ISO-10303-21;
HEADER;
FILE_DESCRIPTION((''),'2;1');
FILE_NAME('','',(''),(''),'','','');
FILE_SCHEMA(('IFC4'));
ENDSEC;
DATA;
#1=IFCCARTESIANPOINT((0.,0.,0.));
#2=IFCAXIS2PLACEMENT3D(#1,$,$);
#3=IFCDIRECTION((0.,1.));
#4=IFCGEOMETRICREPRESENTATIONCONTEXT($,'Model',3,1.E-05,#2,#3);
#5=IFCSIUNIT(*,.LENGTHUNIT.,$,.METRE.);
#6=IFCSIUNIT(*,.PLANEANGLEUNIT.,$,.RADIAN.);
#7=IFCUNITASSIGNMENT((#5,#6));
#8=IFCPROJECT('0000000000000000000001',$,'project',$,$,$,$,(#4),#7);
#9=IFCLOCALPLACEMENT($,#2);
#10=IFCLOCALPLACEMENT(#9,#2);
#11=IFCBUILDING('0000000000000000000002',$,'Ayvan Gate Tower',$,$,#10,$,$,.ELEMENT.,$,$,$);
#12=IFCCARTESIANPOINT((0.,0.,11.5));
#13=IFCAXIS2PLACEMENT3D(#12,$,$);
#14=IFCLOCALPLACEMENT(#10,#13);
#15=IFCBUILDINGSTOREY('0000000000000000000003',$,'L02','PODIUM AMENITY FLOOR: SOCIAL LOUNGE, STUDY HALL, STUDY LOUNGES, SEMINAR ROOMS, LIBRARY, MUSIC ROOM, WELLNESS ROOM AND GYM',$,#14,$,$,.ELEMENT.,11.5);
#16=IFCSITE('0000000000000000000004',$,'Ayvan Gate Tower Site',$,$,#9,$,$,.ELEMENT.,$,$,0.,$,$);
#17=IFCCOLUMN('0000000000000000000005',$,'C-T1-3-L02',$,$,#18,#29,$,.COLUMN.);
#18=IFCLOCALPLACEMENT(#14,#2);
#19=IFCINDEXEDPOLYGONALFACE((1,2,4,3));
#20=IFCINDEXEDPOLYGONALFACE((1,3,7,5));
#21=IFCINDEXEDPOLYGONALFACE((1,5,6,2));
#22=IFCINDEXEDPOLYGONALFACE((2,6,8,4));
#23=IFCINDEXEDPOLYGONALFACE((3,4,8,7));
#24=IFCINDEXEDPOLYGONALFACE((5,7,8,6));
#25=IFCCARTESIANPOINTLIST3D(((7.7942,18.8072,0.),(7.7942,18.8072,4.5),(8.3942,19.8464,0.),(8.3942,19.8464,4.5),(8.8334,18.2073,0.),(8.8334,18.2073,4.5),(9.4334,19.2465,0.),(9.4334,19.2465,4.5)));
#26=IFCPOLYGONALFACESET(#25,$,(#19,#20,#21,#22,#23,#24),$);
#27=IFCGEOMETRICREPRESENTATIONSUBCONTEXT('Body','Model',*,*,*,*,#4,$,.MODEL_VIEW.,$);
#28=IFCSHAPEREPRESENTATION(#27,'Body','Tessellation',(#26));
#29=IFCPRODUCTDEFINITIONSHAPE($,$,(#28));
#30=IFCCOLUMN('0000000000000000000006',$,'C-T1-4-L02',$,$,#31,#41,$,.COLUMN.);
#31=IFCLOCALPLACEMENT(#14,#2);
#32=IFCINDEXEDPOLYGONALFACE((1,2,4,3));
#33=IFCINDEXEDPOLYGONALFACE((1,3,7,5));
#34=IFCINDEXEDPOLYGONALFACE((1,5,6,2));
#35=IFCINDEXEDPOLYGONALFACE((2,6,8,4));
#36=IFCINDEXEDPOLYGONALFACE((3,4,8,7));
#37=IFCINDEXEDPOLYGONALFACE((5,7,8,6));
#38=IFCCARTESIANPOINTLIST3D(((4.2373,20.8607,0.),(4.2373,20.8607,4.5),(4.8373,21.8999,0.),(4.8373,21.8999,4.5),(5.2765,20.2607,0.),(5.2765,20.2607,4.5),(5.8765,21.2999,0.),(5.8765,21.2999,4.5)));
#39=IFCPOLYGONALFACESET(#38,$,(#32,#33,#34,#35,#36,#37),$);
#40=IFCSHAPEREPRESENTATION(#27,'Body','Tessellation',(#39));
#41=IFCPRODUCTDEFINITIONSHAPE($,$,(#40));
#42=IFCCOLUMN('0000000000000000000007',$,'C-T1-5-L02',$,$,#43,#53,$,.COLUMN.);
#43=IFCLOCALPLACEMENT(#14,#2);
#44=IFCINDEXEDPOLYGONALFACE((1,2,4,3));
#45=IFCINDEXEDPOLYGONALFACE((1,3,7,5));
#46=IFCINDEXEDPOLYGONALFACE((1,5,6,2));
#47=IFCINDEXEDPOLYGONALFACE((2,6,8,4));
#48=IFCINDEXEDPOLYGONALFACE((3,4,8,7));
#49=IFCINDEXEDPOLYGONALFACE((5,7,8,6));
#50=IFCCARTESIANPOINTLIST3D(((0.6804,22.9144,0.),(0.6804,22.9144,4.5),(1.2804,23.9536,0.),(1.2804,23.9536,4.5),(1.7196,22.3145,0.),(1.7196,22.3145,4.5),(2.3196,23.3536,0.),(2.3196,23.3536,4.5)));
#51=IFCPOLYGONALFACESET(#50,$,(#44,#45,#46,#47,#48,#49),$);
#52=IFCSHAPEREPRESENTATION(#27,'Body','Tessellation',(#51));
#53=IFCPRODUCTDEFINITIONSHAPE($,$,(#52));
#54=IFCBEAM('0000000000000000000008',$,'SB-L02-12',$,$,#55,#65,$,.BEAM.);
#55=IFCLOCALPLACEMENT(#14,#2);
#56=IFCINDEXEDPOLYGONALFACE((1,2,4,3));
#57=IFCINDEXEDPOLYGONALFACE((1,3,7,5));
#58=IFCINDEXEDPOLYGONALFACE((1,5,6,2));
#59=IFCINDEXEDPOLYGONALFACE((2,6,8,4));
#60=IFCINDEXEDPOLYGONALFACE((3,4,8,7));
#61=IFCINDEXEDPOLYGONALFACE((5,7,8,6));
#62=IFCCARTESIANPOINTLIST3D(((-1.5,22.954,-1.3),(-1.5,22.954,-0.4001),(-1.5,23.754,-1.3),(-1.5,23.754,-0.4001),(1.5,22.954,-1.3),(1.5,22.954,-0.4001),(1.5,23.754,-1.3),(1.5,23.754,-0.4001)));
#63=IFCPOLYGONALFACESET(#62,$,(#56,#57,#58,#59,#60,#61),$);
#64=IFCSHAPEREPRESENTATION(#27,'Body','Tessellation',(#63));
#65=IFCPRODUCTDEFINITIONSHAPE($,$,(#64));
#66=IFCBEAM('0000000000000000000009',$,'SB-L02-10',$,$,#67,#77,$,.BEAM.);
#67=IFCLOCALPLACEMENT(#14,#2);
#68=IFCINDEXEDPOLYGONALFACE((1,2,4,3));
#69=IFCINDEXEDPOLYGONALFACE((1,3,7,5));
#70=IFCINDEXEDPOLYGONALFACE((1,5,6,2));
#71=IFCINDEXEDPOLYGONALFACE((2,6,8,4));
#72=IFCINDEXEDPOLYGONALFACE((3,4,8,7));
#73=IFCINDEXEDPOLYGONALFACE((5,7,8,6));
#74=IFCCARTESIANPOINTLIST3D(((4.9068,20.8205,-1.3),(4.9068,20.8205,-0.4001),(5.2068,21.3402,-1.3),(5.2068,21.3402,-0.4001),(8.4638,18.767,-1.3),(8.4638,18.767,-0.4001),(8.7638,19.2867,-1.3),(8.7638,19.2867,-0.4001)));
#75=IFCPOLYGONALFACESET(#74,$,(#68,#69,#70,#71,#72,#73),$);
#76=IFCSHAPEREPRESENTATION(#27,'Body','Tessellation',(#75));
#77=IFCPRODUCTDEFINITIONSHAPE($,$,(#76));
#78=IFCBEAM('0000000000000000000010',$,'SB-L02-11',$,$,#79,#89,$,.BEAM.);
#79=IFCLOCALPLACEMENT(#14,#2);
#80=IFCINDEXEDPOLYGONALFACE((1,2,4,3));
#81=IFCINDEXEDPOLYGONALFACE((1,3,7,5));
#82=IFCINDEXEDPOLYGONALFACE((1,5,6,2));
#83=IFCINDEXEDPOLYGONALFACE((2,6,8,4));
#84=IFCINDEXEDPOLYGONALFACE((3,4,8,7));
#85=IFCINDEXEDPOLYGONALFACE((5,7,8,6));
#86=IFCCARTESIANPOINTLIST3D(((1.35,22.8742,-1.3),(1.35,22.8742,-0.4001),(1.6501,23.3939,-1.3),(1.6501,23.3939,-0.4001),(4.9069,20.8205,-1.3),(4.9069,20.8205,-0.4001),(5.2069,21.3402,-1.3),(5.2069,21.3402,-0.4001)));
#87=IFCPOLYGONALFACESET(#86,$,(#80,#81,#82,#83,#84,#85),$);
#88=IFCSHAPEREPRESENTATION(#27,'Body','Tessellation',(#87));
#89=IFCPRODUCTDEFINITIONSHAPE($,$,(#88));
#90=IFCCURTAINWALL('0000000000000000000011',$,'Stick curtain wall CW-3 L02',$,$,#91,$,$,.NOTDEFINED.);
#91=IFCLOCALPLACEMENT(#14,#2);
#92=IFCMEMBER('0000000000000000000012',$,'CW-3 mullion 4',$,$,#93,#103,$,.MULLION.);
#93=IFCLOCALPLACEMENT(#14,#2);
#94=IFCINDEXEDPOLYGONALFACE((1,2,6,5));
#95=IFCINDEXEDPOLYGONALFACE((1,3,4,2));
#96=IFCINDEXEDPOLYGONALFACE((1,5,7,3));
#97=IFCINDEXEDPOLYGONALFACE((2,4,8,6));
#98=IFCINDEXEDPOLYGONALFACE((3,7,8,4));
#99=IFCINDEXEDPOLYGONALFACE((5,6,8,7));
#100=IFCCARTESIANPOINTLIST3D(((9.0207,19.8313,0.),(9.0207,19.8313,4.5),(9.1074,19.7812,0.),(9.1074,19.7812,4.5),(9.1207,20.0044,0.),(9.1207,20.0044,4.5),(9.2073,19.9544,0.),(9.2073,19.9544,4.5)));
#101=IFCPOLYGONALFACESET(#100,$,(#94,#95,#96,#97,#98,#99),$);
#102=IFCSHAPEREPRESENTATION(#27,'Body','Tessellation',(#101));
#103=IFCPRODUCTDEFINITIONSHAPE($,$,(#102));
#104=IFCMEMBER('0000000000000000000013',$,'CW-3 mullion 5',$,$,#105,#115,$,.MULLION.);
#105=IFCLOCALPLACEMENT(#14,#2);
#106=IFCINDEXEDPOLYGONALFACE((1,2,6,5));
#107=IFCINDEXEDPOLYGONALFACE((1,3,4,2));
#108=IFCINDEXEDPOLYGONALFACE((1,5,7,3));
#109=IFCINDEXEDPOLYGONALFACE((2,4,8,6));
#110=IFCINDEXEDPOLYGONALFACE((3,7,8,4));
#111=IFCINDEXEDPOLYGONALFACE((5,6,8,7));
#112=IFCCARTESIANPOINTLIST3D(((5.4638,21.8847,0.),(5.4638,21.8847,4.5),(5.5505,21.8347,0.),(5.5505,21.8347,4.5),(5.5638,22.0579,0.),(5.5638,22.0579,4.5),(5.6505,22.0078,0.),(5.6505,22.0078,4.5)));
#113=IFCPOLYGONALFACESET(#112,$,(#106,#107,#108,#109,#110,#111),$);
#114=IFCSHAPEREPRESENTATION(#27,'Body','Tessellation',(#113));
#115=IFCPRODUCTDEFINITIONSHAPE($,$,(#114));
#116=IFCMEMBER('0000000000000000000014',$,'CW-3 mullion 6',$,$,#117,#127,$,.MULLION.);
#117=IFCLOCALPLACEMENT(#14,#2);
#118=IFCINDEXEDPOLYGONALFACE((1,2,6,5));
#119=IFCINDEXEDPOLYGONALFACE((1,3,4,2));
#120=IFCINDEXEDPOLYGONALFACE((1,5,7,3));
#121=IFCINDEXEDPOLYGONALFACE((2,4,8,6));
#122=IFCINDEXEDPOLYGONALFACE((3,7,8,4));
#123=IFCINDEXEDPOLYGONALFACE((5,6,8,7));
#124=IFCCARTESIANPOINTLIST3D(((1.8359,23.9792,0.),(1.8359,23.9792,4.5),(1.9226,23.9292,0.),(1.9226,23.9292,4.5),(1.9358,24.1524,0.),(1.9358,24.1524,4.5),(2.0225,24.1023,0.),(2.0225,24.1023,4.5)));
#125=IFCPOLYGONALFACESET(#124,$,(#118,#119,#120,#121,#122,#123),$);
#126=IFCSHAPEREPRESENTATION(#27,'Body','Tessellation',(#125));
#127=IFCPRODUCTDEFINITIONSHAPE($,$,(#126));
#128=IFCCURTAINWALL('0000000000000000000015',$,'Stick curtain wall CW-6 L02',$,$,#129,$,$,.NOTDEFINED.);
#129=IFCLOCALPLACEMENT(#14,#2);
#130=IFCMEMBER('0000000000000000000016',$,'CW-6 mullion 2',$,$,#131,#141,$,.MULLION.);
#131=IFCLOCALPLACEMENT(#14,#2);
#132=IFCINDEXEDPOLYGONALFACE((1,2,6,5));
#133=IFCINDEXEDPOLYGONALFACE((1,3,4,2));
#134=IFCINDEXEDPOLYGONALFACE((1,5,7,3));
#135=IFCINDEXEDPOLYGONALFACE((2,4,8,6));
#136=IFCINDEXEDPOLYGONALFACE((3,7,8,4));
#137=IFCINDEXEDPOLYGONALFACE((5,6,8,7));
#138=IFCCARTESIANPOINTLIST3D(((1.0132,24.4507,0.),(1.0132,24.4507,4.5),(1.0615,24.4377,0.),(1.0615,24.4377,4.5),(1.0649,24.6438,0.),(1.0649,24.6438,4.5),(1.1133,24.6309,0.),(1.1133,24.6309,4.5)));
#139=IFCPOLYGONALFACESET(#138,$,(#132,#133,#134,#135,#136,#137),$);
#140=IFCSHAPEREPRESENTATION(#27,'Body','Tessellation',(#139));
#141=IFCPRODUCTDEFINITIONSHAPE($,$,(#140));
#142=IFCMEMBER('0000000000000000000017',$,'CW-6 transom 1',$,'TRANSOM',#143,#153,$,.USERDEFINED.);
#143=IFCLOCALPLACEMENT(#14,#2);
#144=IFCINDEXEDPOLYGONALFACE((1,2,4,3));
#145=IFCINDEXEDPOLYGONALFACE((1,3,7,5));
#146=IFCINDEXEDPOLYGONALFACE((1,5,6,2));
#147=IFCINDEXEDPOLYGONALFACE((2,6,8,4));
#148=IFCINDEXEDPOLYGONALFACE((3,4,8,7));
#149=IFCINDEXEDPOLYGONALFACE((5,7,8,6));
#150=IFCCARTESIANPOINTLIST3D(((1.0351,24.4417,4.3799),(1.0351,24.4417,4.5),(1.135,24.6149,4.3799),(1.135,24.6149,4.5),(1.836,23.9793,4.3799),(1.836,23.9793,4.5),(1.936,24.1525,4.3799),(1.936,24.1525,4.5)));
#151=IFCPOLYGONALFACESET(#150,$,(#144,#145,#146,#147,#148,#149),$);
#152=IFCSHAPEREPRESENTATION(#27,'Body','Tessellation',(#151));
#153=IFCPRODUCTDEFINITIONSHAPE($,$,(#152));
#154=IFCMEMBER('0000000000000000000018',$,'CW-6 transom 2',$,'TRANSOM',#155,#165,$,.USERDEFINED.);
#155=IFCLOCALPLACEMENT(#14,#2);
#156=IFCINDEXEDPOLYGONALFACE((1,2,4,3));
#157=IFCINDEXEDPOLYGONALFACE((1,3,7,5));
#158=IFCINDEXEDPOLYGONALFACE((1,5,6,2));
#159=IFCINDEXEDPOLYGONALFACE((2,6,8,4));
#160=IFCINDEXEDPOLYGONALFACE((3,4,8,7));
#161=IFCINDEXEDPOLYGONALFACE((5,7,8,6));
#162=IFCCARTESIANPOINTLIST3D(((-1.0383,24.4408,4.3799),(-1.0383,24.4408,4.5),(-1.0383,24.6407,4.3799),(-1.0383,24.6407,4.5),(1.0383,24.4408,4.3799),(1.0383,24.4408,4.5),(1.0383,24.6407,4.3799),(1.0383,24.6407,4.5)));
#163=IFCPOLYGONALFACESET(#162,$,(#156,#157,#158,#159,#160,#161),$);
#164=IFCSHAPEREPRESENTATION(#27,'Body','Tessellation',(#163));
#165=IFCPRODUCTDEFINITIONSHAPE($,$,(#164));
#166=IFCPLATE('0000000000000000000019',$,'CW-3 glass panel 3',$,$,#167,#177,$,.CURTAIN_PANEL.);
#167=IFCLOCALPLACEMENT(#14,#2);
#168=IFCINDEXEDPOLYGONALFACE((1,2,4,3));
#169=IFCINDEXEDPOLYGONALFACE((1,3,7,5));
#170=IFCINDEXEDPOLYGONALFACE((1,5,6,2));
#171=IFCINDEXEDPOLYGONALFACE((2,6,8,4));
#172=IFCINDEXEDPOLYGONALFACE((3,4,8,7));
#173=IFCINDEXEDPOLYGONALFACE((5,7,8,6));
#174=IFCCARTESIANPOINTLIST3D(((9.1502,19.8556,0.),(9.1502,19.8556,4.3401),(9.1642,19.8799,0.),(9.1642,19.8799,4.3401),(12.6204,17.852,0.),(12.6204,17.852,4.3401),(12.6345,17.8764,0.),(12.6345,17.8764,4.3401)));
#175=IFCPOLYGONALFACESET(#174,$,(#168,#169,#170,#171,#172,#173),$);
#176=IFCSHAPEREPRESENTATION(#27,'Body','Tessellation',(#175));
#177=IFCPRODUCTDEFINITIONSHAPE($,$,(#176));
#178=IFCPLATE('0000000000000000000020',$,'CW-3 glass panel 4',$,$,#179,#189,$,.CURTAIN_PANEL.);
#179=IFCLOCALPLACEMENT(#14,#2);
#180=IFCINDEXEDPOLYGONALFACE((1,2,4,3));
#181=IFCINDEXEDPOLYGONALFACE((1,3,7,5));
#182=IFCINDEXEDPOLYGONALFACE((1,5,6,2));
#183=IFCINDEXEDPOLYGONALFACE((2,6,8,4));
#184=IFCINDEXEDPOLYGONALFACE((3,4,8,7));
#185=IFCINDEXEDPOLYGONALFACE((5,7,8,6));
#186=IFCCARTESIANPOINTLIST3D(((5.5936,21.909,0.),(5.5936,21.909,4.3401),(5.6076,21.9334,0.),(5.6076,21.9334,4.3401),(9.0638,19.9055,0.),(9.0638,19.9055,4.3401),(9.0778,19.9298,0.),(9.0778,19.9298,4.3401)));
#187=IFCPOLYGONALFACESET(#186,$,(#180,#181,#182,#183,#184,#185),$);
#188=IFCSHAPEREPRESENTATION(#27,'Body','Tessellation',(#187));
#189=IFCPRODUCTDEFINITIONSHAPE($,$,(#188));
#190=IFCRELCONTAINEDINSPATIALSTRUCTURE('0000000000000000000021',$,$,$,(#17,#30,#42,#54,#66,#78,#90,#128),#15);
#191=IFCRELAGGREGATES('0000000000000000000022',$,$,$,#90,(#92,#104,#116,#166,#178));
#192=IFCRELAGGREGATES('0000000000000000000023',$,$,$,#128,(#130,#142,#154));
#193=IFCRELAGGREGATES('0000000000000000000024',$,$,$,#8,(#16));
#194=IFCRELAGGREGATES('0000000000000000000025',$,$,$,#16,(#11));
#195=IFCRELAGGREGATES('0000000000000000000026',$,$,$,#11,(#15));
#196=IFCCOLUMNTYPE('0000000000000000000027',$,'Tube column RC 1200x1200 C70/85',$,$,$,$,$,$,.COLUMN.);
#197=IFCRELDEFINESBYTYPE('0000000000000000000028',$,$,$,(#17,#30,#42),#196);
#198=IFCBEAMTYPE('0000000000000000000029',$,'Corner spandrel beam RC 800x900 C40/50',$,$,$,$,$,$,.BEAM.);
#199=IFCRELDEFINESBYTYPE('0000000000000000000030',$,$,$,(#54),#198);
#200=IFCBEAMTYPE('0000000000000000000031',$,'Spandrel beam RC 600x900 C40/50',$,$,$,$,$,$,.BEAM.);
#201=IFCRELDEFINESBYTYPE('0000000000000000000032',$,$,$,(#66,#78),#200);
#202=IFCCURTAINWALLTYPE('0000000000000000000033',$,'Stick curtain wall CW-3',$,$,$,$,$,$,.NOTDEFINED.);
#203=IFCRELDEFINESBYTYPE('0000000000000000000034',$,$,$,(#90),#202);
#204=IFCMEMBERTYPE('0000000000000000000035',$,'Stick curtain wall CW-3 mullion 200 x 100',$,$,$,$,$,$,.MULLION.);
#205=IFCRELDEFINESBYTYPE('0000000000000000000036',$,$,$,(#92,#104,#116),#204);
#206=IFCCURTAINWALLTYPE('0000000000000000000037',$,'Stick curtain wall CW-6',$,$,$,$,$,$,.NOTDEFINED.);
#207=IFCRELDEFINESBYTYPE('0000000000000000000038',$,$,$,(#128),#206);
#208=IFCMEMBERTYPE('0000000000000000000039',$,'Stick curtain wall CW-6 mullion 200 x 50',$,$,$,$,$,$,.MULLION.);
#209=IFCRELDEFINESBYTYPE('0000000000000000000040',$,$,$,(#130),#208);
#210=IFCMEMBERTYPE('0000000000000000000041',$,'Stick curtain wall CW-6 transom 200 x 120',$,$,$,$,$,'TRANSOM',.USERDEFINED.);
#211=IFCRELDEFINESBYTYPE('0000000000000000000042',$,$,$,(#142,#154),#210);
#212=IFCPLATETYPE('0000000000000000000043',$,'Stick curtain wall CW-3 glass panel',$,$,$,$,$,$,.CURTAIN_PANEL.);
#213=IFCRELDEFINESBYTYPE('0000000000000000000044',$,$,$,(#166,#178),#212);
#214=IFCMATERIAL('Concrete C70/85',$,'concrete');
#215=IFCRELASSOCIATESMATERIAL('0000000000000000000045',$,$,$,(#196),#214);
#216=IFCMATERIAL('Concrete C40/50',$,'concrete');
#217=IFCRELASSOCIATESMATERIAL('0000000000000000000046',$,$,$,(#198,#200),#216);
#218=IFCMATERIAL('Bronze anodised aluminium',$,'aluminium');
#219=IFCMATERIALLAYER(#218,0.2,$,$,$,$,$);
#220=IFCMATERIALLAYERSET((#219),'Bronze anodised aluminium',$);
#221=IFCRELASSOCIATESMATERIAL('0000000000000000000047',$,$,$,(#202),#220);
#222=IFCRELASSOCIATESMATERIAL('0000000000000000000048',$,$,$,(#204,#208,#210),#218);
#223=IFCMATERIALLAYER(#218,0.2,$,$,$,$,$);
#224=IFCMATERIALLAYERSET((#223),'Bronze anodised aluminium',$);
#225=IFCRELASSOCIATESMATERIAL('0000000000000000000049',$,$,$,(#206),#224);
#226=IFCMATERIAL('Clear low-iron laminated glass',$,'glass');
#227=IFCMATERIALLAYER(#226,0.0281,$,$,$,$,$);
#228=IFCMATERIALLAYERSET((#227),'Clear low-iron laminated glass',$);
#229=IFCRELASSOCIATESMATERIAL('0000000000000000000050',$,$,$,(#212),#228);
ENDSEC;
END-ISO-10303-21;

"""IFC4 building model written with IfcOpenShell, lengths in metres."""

from ifc_helpers import new_model, si_unit, direction, frame, origin, origin_2d, place, context, subcontext, project, spatial, rectangle, extrude, material, layer, layer_set, material_profile, profile_set, type_object, element, aggregate, save


model = new_model("IFC4")

# Units and contexts
model_context = context("Model", 3, precision=1e-05, world=origin(), true_north=direction((0.0, 1.0)))
body_context = subcontext(model_context, "Body", "Model", "MODEL_VIEW")
ifc_project = project(units=[si_unit("LENGTHUNIT", "METRE"), si_unit("PLANEANGLEUNIT", "RADIAN")], contexts=[model_context])

# Site, building, storey
site_placement = place(None, origin())
site = spatial("IfcSite", under=ifc_project, at=site_placement, Name="Ayvan Gate Tower Site", CompositionType="ELEMENT", RefElevation=0.0)
building_placement = place(site_placement, origin())
building = spatial("IfcBuilding", under=site, at=building_placement, Name="Ayvan Gate Tower", CompositionType="ELEMENT")
storey_placement = place(building_placement, frame((0.0, 0.0, 11.5)))
storey = spatial("IfcBuildingStorey", under=building, at=storey_placement, Name="L02", Description="PODIUM AMENITY FLOOR: SOCIAL LOUNGE, STUDY HALL, STUDY LOUNGES, SEMINAR ROOMS, LIBRARY, MUSIC ROOM, WELLNESS ROOM AND GYM", CompositionType="ELEMENT", Elevation=11.5)

# Columns
ifc_material_1 = material(Name="Concrete C70/85", Category="concrete")
ifc_material_profile_1 = material_profile(ifc_material_1, rectangle(XDim=1.2, YDim=1.2, at=origin_2d()), Name="RC 1200x1200")
ifc_profile_set_1 = profile_set([ifc_material_profile_1], Name="Concrete C70/85")
column_type = type_object("IfcColumnType", Name="Tube column RC 1200x1200 C70/85", PredefinedType="COLUMN", material=ifc_profile_set_1)
for number, where, z_axis, x_axis, name in (
    (1, (8.6138, 19.0269, 0.0), (0.0, 0.0, 1.0), (0.5, 0.866025, 0.0), "C-T1-3-L02"),
    (2, (5.0569, 21.0803, 0.0), (0.0, 0.0, 1.0), (0.5, 0.866025, 0.0), "C-T1-4-L02"),
    (3, (1.5, 23.134, 0.0), (0.0, 0.0, 1.0), (0.5, 0.866025, 0.0), "C-T1-5-L02"),
):
    element("IfcColumn", number, at=place(storey_placement, frame(where, z_axis=z_axis, x_axis=x_axis)), inside=storey, type_object=column_type, Name=name, PredefinedType="COLUMN", context=body_context, shape_type="SweptSolid", body=[
        extrude(rectangle(XDim=1.2, YDim=1.2, at=origin_2d()), origin(), (0.0, 0.0, 1.0), 4.5),
    ])

# Beams
ifc_material_2 = material(Name="Concrete C40/50", Category="concrete")
ifc_material_profile_2 = material_profile(ifc_material_2, rectangle(XDim=0.8, YDim=0.8999, at=origin_2d()), Name="RC 800x900")
ifc_profile_set_2 = profile_set([ifc_material_profile_2], Name="Concrete C40/50")
beam_type_1 = type_object("IfcBeamType", Name="Corner spandrel beam RC 800x900 C40/50", PredefinedType="BEAM", material=ifc_profile_set_2)
beam_placement = place(storey_placement, frame((1.5, 23.354, -0.8501), z_axis=(-1.0, 0.0, 0.0), x_axis=(0.0, -1.0, 0.0)))
element("IfcBeam", 4, at=beam_placement, inside=storey, type_object=beam_type_1, Name="SB-L02-12", PredefinedType="BEAM", context=body_context, shape_type="SweptSolid", body=[
    extrude(rectangle(XDim=0.8, YDim=0.8999, at=origin_2d()), origin(), (0.0, 0.0, 1.0), 3.0),
])
ifc_material_profile_3 = material_profile(ifc_material_2, rectangle(XDim=0.6001, YDim=0.8999, at=origin_2d()), Name="RC 600x900")
ifc_profile_set_3 = profile_set([ifc_material_profile_3], Name="Concrete C40/50")
beam_type_2 = type_object("IfcBeamType", Name="Spandrel beam RC 600x900 C40/50", PredefinedType="BEAM", material=ifc_profile_set_3)
for number, where, z_axis, x_axis, name in (
    (5, (8.6138, 19.0269, -0.8501), (-0.866036, 0.499981, 0.0), (-0.499981, -0.866036, 0.0), "SB-L02-10"),
    (6, (5.0569, 21.0803, -0.8501), (-0.86601, 0.500026, 0.0), (-0.500026, -0.86601, 0.0), "SB-L02-11"),
):
    element("IfcBeam", number, at=place(storey_placement, frame(where, z_axis=z_axis, x_axis=x_axis)), inside=storey, type_object=beam_type_2, Name=name, PredefinedType="BEAM", context=body_context, shape_type="SweptSolid", body=[
        extrude(rectangle(XDim=0.6001, YDim=0.8999, at=origin_2d()), origin(), (0.0, 0.0, 1.0), 4.1072),
    ])

# Curtain walls, members
ifc_material_3 = material(Name="Bronze anodised aluminium", Category="aluminium")
ifc_layer_1 = layer(ifc_material_3, 0.2)
ifc_layer_set_1 = layer_set([ifc_layer_1], Name="Bronze anodised aluminium")
curtain_wall_type_1 = type_object("IfcCurtainWallType", Name="Stick curtain wall CW-3", PredefinedType="NOTDEFINED", material=ifc_layer_set_1)
curtain_wall_1_placement = place(storey_placement, origin())
curtain_wall_1 = element("IfcCurtainWall", 7, at=curtain_wall_1_placement, inside=storey, type_object=curtain_wall_type_1, Name="Stick curtain wall CW-3 L02", PredefinedType="NOTDEFINED")
ifc_material_profile_4 = material_profile(ifc_material_3, rectangle(XDim=0.2, YDim=0.1001, at=origin_2d()), Name="Stick curtain wall CW-3 mullion 200 x 100")
ifc_profile_set_4 = profile_set([ifc_material_profile_4], Name="Bronze anodised aluminium")
member_type_1 = type_object("IfcMemberType", Name="Stick curtain wall CW-3 mullion 200 x 100", PredefinedType="MULLION", material=ifc_profile_set_4)
member_1_placement = place(storey_placement, frame((9.114, 19.8928, 0.0), z_axis=(0.0, 0.0, 1.0), x_axis=(0.5, 0.866025, 0.0)))
member_1 = element("IfcMember", 8, at=member_1_placement, type_object=member_type_1, Name="CW-3 mullion 4", PredefinedType="MULLION", context=body_context, shape_type="SweptSolid", body=[
    extrude(rectangle(XDim=0.2, YDim=0.1001, at=origin_2d()), origin(), (0.0, 0.0, 1.0), 4.5),
])
member_2_placement = place(storey_placement, frame((5.5571, 21.9463, 0.0), z_axis=(0.0, 0.0, 1.0), x_axis=(0.5, 0.866025, 0.0)))
member_2 = element("IfcMember", 9, at=member_2_placement, type_object=member_type_1, Name="CW-3 mullion 5", PredefinedType="MULLION", context=body_context, shape_type="SweptSolid", body=[
    extrude(rectangle(XDim=0.2, YDim=0.1001, at=origin_2d()), origin(), (0.0, 0.0, 1.0), 4.5),
])
member_3_placement = place(storey_placement, frame((1.9292, 24.0408, 0.0), z_axis=(0.0, 0.0, 1.0), x_axis=(0.5, 0.866025, 0.0)))
member_3 = element("IfcMember", 10, at=member_3_placement, type_object=member_type_1, Name="CW-3 mullion 6", PredefinedType="MULLION", context=body_context, shape_type="SweptSolid", body=[
    extrude(rectangle(XDim=0.2, YDim=0.1001, at=origin_2d()), origin(), (0.0, 0.0, 1.0), 4.5),
])
ifc_layer_2 = layer(ifc_material_3, 0.2)
ifc_layer_set_2 = layer_set([ifc_layer_2], Name="Bronze anodised aluminium")
curtain_wall_type_2 = type_object("IfcCurtainWallType", Name="Stick curtain wall CW-6", PredefinedType="NOTDEFINED", material=ifc_layer_set_2)
curtain_wall_2_placement = place(storey_placement, origin())
curtain_wall_2 = element("IfcCurtainWall", 11, at=curtain_wall_2_placement, inside=storey, type_object=curtain_wall_type_2, Name="Stick curtain wall CW-6 L02", PredefinedType="NOTDEFINED")
ifc_material_profile_5 = material_profile(ifc_material_3, rectangle(XDim=0.2, YDim=0.05, at=origin_2d()), Name="Stick curtain wall CW-6 mullion 200 x 50")
ifc_profile_set_5 = profile_set([ifc_material_profile_5], Name="Bronze anodised aluminium")
member_type_2 = type_object("IfcMemberType", Name="Stick curtain wall CW-6 mullion 200 x 50", PredefinedType="MULLION", material=ifc_profile_set_5)
member_4_placement = place(storey_placement, frame((1.0632, 24.5408, 0.0), z_axis=(0.0, 0.0, 1.0), x_axis=(0.258819, 0.965926, 0.0)))
member_4 = element("IfcMember", 12, at=member_4_placement, type_object=member_type_2, Name="CW-6 mullion 2", PredefinedType="MULLION", context=body_context, shape_type="SweptSolid", body=[
    extrude(rectangle(XDim=0.2, YDim=0.05, at=origin_2d()), origin(), (0.0, 0.0, 1.0), 4.5),
])
ifc_material_profile_6 = material_profile(ifc_material_3, rectangle(XDim=0.2, YDim=0.1201, at=origin_2d()), Name="Stick curtain wall CW-6 transom 200 x 120")
ifc_profile_set_6 = profile_set([ifc_material_profile_6], Name="Bronze anodised aluminium")
member_type_3 = type_object("IfcMemberType", Name="Stick curtain wall CW-6 transom 200 x 120", ElementType="TRANSOM", PredefinedType="USERDEFINED", material=ifc_profile_set_6)
member_5_placement = place(storey_placement, frame((1.886, 24.0659, 4.4399), z_axis=(-0.866058, 0.499943, 0.0), x_axis=(-0.499943, -0.866058, 0.0)))
member_5 = element("IfcMember", 13, at=member_5_placement, type_object=member_type_3, Name="CW-6 transom 1", ObjectType="TRANSOM", PredefinedType="USERDEFINED", context=body_context, shape_type="SweptSolid", body=[
    extrude(rectangle(XDim=0.2, YDim=0.1201, at=origin_2d()), origin(), (0.0, 0.0, 1.0), 0.9248),
])
member_6_placement = place(storey_placement, frame((1.0383, 24.5408, 4.4399), z_axis=(-1.0, 0.0, 0.0), x_axis=(0.0, -1.0, 0.0)))
member_6 = element("IfcMember", 14, at=member_6_placement, type_object=member_type_3, Name="CW-6 transom 2", ObjectType="TRANSOM", PredefinedType="USERDEFINED", context=body_context, shape_type="SweptSolid", body=[
    extrude(rectangle(XDim=0.2, YDim=0.1201, at=origin_2d()), origin(), (0.0, 0.0, 1.0), 2.0767),
])

# Plates
ifc_material_4 = material(Name="Clear low-iron laminated glass", Category="glass")
ifc_layer_3 = layer(ifc_material_4, 0.0281)
ifc_layer_set_3 = layer_set([ifc_layer_3], Name="Clear low-iron laminated glass")
plate_type_1 = type_object("IfcPlateType", Name="Stick curtain wall CW-3 glass panel", PredefinedType="CURTAIN_PANEL", material=ifc_layer_set_3)
plate_1_placement = place(storey_placement, frame((10.8923, 18.866, 0.0), z_axis=(0.0, 0.0, 1.0), x_axis=(-0.866025, 0.5, 0.0)))
plate_1 = element("IfcPlate", 15, at=plate_1_placement, type_object=plate_type_1, Name="CW-3 glass panel 3", PredefinedType="CURTAIN_PANEL", context=body_context, shape_type="SweptSolid", body=[
    extrude(rectangle(XDim=4.0071, YDim=0.0281, at=origin_2d()), origin(), (0.0, 0.0, 1.0), 4.3401),
])
plate_2_placement = place(storey_placement, frame((7.3357, 20.9194, 0.0), z_axis=(0.0, 0.0, 1.0), x_axis=(-0.866025, 0.5, 0.0)))
plate_2 = element("IfcPlate", 16, at=plate_2_placement, type_object=plate_type_1, Name="CW-3 glass panel 4", PredefinedType="CURTAIN_PANEL", context=body_context, shape_type="SweptSolid", body=[
    extrude(rectangle(XDim=4.0071, YDim=0.0281, at=origin_2d()), origin(), (0.0, 0.0, 1.0), 4.3401),
])
aggregate(curtain_wall_1, [member_1, member_2, member_3, plate_1, plate_2])
aggregate(curtain_wall_2, [member_4, member_5, member_6])

save(model, "model.ifc")
